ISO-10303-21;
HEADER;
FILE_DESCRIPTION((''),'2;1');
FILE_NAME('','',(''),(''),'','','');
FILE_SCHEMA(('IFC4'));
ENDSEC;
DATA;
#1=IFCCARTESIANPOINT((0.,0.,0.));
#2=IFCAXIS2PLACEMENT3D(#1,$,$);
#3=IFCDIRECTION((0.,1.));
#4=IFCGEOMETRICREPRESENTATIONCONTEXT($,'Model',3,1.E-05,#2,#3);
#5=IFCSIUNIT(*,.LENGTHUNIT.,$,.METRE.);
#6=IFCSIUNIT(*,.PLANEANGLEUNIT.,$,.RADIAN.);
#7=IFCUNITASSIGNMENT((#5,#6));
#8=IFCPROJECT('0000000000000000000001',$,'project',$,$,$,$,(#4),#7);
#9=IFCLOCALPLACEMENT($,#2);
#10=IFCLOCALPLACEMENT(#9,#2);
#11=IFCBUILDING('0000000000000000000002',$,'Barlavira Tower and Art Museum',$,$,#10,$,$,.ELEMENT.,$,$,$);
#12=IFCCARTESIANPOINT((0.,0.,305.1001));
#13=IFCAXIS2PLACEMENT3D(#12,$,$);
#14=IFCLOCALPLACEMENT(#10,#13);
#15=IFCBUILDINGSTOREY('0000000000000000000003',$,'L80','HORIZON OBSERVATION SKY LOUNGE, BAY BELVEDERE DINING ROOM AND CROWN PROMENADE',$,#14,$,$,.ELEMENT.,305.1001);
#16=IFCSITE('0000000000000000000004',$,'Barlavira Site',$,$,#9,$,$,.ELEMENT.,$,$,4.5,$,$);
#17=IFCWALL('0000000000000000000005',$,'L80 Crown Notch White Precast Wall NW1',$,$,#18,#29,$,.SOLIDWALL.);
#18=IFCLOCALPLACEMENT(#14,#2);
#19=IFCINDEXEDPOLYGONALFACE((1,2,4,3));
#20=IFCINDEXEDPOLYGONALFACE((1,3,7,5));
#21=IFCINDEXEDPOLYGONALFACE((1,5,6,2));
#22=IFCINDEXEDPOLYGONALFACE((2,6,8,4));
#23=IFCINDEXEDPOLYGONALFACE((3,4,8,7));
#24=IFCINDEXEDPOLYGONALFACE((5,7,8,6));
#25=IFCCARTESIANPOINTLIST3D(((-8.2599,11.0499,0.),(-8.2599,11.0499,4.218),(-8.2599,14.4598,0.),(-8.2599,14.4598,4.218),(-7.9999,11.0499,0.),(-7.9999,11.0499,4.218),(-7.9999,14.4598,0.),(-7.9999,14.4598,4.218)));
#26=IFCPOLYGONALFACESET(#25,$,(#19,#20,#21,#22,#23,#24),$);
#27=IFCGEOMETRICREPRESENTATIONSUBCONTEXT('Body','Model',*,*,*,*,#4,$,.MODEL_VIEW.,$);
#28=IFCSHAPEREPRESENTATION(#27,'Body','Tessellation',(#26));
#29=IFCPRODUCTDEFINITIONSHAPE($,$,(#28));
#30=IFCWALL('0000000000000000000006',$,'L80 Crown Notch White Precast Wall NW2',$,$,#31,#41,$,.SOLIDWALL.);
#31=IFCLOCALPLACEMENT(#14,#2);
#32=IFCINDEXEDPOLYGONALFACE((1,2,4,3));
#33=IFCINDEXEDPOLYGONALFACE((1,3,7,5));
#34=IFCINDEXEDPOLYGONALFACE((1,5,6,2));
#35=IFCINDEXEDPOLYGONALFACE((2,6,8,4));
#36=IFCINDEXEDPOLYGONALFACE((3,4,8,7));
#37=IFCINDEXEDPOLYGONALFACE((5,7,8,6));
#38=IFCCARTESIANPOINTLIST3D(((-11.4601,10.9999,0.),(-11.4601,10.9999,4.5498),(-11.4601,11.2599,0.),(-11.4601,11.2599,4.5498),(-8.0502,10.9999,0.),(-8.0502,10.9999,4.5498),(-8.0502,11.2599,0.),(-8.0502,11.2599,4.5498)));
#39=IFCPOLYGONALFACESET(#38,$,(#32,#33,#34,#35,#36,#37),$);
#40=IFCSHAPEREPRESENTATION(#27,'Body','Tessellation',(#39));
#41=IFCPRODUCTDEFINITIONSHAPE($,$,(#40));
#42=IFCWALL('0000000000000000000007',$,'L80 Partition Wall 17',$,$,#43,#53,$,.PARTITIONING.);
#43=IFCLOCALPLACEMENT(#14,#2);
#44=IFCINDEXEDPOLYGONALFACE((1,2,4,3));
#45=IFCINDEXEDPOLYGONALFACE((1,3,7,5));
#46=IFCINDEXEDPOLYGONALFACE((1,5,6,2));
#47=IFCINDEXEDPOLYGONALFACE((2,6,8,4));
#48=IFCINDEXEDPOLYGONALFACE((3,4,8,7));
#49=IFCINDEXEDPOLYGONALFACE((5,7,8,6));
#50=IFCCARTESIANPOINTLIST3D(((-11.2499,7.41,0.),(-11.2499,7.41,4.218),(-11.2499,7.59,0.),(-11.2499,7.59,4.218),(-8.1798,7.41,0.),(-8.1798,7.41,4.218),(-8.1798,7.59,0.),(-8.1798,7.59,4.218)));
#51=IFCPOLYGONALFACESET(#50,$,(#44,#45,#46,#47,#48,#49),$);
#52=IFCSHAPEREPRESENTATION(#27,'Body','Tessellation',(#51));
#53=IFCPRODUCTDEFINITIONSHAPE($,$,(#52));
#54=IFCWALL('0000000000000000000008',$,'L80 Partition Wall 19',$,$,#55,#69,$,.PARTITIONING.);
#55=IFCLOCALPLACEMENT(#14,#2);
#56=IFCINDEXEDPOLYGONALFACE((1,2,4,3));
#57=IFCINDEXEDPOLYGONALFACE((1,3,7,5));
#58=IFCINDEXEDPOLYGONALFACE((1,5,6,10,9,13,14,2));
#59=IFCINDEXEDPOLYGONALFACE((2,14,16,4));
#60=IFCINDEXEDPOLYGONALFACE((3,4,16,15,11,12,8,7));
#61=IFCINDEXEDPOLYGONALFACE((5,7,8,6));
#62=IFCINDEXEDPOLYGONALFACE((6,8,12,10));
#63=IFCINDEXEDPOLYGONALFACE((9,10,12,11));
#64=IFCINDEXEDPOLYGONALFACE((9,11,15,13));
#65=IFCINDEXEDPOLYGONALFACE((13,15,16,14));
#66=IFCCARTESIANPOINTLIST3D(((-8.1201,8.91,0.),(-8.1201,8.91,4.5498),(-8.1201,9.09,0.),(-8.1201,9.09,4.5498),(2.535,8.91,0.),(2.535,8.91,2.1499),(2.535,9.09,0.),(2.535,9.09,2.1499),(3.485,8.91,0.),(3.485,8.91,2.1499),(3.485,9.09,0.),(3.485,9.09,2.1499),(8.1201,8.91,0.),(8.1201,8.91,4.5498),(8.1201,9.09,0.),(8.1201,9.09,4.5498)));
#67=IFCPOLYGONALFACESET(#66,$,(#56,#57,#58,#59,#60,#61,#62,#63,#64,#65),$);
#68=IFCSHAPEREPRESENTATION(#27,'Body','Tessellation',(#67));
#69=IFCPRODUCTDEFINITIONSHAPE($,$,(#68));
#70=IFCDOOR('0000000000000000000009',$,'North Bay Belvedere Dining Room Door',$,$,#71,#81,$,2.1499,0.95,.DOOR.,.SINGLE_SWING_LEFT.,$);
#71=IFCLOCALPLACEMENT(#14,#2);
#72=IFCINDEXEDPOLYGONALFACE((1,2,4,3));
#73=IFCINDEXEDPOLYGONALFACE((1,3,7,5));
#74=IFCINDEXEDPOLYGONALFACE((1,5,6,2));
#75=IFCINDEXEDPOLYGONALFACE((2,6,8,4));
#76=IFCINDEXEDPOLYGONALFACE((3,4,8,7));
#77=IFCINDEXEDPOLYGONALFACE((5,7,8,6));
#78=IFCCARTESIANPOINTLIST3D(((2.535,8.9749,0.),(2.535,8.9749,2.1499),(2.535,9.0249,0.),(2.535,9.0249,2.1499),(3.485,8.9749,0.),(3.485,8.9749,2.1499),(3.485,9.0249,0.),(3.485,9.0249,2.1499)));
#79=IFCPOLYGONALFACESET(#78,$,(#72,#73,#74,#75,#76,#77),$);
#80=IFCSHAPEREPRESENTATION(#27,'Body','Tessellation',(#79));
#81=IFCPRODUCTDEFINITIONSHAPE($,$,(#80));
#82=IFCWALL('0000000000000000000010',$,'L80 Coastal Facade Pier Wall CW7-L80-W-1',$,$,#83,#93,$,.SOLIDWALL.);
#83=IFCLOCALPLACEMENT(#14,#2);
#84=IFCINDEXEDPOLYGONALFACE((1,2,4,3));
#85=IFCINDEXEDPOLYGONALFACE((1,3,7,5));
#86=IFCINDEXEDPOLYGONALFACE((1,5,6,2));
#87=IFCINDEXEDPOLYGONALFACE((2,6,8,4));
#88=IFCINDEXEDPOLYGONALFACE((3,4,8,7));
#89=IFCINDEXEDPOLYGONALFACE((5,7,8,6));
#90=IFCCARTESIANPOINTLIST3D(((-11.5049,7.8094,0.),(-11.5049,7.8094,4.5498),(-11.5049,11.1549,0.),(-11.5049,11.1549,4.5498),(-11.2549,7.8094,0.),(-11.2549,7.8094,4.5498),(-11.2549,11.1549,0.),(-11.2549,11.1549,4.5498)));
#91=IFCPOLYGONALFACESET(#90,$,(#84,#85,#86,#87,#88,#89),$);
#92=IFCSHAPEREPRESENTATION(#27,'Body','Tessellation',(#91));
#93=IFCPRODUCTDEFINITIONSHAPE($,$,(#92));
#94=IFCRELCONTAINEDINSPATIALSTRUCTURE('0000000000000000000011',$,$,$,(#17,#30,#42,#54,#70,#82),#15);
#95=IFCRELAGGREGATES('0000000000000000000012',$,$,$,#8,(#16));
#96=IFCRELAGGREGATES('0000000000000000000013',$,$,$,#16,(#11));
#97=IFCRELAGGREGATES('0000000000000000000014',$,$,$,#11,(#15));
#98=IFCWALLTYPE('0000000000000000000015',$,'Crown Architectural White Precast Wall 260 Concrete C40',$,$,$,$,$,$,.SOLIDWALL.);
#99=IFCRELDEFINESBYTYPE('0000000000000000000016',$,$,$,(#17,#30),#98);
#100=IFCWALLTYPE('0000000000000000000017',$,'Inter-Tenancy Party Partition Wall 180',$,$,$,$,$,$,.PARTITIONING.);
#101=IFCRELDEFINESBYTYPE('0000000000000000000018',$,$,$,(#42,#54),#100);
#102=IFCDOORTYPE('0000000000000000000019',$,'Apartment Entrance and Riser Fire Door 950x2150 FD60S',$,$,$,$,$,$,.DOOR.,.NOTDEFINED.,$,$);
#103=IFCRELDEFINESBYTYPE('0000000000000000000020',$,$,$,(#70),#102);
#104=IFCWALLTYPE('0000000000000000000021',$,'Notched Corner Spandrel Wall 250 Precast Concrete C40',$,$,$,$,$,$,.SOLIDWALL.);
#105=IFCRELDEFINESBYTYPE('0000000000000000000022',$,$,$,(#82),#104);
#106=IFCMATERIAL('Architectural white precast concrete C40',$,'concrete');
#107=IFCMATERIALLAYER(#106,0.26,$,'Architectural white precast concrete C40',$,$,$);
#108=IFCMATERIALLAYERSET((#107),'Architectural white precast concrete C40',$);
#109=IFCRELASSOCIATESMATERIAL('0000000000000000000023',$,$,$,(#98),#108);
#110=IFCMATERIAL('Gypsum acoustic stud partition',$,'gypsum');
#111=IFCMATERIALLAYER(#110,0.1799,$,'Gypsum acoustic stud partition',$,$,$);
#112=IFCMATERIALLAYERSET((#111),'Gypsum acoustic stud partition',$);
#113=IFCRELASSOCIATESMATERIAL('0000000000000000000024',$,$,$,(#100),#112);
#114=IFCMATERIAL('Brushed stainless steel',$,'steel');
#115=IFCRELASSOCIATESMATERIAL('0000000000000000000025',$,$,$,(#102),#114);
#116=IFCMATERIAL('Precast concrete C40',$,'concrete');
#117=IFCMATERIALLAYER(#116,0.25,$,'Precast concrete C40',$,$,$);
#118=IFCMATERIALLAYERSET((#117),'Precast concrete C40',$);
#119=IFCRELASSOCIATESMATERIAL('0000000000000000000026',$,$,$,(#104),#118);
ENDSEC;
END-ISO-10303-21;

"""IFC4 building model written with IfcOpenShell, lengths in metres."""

from ifc_helpers import new_model, si_unit, direction, frame, frame_2d, origin, place, context, subcontext, project, spatial, rectangle, extrude, material, layer, layer_set, type_object, element, fill, save


model = new_model("IFC4")

# Units and contexts
model_context = context("Model", 3, precision=1e-05, world=origin(), true_north=direction((0.0, 1.0)))
body_context = subcontext(model_context, "Body", "Model", "MODEL_VIEW")
ifc_project = project(units=[si_unit("LENGTHUNIT", "METRE"), si_unit("PLANEANGLEUNIT", "RADIAN")], contexts=[model_context])

# Site, building, storey
site_placement = place(None, origin())
site = spatial("IfcSite", under=ifc_project, at=site_placement, Name="Barlavira Site", CompositionType="ELEMENT", RefElevation=4.5)
building_placement = place(site_placement, origin())
building = spatial("IfcBuilding", under=site, at=building_placement, Name="Barlavira Tower and Art Museum", CompositionType="ELEMENT")
storey_placement = place(building_placement, frame((0.0, 0.0, 305.1001)))
storey = spatial("IfcBuildingStorey", under=building, at=storey_placement, Name="L80", Description="HORIZON OBSERVATION SKY LOUNGE, BAY BELVEDERE DINING ROOM AND CROWN PROMENADE", CompositionType="ELEMENT", Elevation=305.1001)

# Shared definitions
ifc_material_1 = material(Name="Brushed stainless steel", Category="steel")

# Walls
ifc_material_2 = material(Name="Architectural white precast concrete C40", Category="concrete")
ifc_layer_1 = layer(ifc_material_2, 0.26, Name="Architectural white precast concrete C40")
ifc_layer_set_1 = layer_set([ifc_layer_1], Name="Architectural white precast concrete C40")
wall_type_1 = type_object("IfcWallType", Name="Crown Architectural White Precast Wall 260 Concrete C40", PredefinedType="SOLIDWALL", material=ifc_layer_set_1)
wall_1_placement = place(storey_placement, frame((-8.1299, 14.46, 0.0), z_axis=(0.0, 0.0, 1.0), x_axis=(0.0, -1.0, 0.0)))
element("IfcWall", 1, at=wall_1_placement, inside=storey, type_object=wall_type_1, Name="L80 Crown Notch White Precast Wall NW1", PredefinedType="SOLIDWALL", context=body_context, shape_type="SweptSolid", body=[
    extrude(rectangle(XDim=3.4099, YDim=0.26, at=frame_2d((1.7051, 0.0))), origin(), (0.0, 0.0, 1.0), 4.218),
])
wall_2_placement = place(storey_placement, frame((-8.05, 11.1299, 0.0), z_axis=(0.0, 0.0, 1.0), x_axis=(-1.0, 0.0, 0.0)))
element("IfcWall", 2, at=wall_2_placement, inside=storey, type_object=wall_type_1, Name="L80 Crown Notch White Precast Wall NW2", PredefinedType="SOLIDWALL", context=body_context, shape_type="SweptSolid", body=[
    extrude(rectangle(XDim=3.4099, YDim=0.26, at=frame_2d((1.7051, 0.0))), origin(), (0.0, 0.0, 1.0), 4.5498),
])
ifc_material_3 = material(Name="Gypsum acoustic stud partition", Category="gypsum")
ifc_layer_2 = layer(ifc_material_3, 0.1799, Name="Gypsum acoustic stud partition")
ifc_layer_set_2 = layer_set([ifc_layer_2], Name="Gypsum acoustic stud partition")
wall_type_2 = type_object("IfcWallType", Name="Inter-Tenancy Party Partition Wall 180", PredefinedType="PARTITIONING", material=ifc_layer_set_2)
wall_3_placement = place(storey_placement, frame((-11.25, 7.5, 0.0), z_axis=(0.0, 0.0, 1.0), x_axis=(1.0, 0.0, 0.0)))
element("IfcWall", 3, at=wall_3_placement, inside=storey, type_object=wall_type_2, Name="L80 Partition Wall 17", PredefinedType="PARTITIONING", context=body_context, shape_type="SweptSolid", body=[
    extrude(rectangle(XDim=3.0701, YDim=0.1799, at=frame_2d((1.5352, 0.0))), origin(), (0.0, 0.0, 1.0), 4.218),
])

# Wall, opening, door
wall_4_placement = place(storey_placement, frame((-8.1201, 9.0, 0.0), z_axis=(0.0, 0.0, 1.0), x_axis=(1.0, 0.0, 0.0)))
wall_4 = element("IfcWall", 4, at=wall_4_placement, inside=storey, type_object=wall_type_2, Name="L80 Partition Wall 19", PredefinedType="PARTITIONING", context=body_context, shape_type="SweptSolid", body=[
    extrude(rectangle(XDim=16.2402, YDim=0.1799, at=frame_2d((8.1201, 0.0))), origin(), (0.0, 0.0, 1.0), 4.5498),
])
opening_1_placement = place(wall_4_placement, frame((10.655, 0.0, 0.0)))
opening_1 = element("IfcOpeningElement", 5, at=opening_1_placement, cuts=wall_4, PredefinedType="OPENING", context=body_context, shape_type="SweptSolid", body=[
    extrude(rectangle(XDim=0.95, YDim=2.1499, at=frame_2d((0.4751, 1.075))), frame((0.0, 0.1001, 0.0), z_axis=(0.0, -1.0, 0.0), x_axis=(1.0, 0.0, 0.0)), (0.0, 0.0, 1.0), 0.2),
])
door_type_1 = type_object("IfcDoorType", Name="Apartment Entrance and Riser Fire Door 950x2150 FD60S", OperationType="NOTDEFINED", PredefinedType="DOOR", material=ifc_material_1)
door_1_placement = place(opening_1_placement, origin())
door_1 = element("IfcDoor", 6, at=door_1_placement, inside=storey, type_object=door_type_1, Name="North Bay Belvedere Dining Room Door", OperationType="SINGLE_SWING_LEFT", OverallHeight=2.1499, OverallWidth=0.95, PredefinedType="DOOR", context=body_context, shape_type="SweptSolid", body=[
    extrude(rectangle(XDim=0.95, YDim=2.1499, at=frame_2d((0.4751, 1.075))), frame((0.0, 0.0249, 0.0), z_axis=(0.0, -1.0, 0.0), x_axis=(1.0, 0.0, 0.0)), (0.0, 0.0, 1.0), 0.05),
])
fill(opening_1, door_1)

# Wall
ifc_material_4 = material(Name="Precast concrete C40", Category="concrete")
ifc_layer_3 = layer(ifc_material_4, 0.25, Name="Precast concrete C40")
ifc_layer_set_3 = layer_set([ifc_layer_3], Name="Precast concrete C40")
wall_type_3 = type_object("IfcWallType", Name="Notched Corner Spandrel Wall 250 Precast Concrete C40", PredefinedType="SOLIDWALL", material=ifc_layer_set_3)
wall_5_placement = place(storey_placement, frame((-11.3799, 11.155, 0.0), z_axis=(0.0, 0.0, 1.0), x_axis=(0.0, -1.0, 0.0)))
element("IfcWall", 7, at=wall_5_placement, inside=storey, type_object=wall_type_3, Name="L80 Coastal Facade Pier Wall CW7-L80-W-1", PredefinedType="SOLIDWALL", context=body_context, shape_type="SweptSolid", body=[
    extrude(rectangle(XDim=3.3455, YDim=0.25, at=frame_2d((1.6729, 0.0))), origin(), (0.0, 0.0, 1.0), 4.5498),
])

save(model, "model.ifc")
